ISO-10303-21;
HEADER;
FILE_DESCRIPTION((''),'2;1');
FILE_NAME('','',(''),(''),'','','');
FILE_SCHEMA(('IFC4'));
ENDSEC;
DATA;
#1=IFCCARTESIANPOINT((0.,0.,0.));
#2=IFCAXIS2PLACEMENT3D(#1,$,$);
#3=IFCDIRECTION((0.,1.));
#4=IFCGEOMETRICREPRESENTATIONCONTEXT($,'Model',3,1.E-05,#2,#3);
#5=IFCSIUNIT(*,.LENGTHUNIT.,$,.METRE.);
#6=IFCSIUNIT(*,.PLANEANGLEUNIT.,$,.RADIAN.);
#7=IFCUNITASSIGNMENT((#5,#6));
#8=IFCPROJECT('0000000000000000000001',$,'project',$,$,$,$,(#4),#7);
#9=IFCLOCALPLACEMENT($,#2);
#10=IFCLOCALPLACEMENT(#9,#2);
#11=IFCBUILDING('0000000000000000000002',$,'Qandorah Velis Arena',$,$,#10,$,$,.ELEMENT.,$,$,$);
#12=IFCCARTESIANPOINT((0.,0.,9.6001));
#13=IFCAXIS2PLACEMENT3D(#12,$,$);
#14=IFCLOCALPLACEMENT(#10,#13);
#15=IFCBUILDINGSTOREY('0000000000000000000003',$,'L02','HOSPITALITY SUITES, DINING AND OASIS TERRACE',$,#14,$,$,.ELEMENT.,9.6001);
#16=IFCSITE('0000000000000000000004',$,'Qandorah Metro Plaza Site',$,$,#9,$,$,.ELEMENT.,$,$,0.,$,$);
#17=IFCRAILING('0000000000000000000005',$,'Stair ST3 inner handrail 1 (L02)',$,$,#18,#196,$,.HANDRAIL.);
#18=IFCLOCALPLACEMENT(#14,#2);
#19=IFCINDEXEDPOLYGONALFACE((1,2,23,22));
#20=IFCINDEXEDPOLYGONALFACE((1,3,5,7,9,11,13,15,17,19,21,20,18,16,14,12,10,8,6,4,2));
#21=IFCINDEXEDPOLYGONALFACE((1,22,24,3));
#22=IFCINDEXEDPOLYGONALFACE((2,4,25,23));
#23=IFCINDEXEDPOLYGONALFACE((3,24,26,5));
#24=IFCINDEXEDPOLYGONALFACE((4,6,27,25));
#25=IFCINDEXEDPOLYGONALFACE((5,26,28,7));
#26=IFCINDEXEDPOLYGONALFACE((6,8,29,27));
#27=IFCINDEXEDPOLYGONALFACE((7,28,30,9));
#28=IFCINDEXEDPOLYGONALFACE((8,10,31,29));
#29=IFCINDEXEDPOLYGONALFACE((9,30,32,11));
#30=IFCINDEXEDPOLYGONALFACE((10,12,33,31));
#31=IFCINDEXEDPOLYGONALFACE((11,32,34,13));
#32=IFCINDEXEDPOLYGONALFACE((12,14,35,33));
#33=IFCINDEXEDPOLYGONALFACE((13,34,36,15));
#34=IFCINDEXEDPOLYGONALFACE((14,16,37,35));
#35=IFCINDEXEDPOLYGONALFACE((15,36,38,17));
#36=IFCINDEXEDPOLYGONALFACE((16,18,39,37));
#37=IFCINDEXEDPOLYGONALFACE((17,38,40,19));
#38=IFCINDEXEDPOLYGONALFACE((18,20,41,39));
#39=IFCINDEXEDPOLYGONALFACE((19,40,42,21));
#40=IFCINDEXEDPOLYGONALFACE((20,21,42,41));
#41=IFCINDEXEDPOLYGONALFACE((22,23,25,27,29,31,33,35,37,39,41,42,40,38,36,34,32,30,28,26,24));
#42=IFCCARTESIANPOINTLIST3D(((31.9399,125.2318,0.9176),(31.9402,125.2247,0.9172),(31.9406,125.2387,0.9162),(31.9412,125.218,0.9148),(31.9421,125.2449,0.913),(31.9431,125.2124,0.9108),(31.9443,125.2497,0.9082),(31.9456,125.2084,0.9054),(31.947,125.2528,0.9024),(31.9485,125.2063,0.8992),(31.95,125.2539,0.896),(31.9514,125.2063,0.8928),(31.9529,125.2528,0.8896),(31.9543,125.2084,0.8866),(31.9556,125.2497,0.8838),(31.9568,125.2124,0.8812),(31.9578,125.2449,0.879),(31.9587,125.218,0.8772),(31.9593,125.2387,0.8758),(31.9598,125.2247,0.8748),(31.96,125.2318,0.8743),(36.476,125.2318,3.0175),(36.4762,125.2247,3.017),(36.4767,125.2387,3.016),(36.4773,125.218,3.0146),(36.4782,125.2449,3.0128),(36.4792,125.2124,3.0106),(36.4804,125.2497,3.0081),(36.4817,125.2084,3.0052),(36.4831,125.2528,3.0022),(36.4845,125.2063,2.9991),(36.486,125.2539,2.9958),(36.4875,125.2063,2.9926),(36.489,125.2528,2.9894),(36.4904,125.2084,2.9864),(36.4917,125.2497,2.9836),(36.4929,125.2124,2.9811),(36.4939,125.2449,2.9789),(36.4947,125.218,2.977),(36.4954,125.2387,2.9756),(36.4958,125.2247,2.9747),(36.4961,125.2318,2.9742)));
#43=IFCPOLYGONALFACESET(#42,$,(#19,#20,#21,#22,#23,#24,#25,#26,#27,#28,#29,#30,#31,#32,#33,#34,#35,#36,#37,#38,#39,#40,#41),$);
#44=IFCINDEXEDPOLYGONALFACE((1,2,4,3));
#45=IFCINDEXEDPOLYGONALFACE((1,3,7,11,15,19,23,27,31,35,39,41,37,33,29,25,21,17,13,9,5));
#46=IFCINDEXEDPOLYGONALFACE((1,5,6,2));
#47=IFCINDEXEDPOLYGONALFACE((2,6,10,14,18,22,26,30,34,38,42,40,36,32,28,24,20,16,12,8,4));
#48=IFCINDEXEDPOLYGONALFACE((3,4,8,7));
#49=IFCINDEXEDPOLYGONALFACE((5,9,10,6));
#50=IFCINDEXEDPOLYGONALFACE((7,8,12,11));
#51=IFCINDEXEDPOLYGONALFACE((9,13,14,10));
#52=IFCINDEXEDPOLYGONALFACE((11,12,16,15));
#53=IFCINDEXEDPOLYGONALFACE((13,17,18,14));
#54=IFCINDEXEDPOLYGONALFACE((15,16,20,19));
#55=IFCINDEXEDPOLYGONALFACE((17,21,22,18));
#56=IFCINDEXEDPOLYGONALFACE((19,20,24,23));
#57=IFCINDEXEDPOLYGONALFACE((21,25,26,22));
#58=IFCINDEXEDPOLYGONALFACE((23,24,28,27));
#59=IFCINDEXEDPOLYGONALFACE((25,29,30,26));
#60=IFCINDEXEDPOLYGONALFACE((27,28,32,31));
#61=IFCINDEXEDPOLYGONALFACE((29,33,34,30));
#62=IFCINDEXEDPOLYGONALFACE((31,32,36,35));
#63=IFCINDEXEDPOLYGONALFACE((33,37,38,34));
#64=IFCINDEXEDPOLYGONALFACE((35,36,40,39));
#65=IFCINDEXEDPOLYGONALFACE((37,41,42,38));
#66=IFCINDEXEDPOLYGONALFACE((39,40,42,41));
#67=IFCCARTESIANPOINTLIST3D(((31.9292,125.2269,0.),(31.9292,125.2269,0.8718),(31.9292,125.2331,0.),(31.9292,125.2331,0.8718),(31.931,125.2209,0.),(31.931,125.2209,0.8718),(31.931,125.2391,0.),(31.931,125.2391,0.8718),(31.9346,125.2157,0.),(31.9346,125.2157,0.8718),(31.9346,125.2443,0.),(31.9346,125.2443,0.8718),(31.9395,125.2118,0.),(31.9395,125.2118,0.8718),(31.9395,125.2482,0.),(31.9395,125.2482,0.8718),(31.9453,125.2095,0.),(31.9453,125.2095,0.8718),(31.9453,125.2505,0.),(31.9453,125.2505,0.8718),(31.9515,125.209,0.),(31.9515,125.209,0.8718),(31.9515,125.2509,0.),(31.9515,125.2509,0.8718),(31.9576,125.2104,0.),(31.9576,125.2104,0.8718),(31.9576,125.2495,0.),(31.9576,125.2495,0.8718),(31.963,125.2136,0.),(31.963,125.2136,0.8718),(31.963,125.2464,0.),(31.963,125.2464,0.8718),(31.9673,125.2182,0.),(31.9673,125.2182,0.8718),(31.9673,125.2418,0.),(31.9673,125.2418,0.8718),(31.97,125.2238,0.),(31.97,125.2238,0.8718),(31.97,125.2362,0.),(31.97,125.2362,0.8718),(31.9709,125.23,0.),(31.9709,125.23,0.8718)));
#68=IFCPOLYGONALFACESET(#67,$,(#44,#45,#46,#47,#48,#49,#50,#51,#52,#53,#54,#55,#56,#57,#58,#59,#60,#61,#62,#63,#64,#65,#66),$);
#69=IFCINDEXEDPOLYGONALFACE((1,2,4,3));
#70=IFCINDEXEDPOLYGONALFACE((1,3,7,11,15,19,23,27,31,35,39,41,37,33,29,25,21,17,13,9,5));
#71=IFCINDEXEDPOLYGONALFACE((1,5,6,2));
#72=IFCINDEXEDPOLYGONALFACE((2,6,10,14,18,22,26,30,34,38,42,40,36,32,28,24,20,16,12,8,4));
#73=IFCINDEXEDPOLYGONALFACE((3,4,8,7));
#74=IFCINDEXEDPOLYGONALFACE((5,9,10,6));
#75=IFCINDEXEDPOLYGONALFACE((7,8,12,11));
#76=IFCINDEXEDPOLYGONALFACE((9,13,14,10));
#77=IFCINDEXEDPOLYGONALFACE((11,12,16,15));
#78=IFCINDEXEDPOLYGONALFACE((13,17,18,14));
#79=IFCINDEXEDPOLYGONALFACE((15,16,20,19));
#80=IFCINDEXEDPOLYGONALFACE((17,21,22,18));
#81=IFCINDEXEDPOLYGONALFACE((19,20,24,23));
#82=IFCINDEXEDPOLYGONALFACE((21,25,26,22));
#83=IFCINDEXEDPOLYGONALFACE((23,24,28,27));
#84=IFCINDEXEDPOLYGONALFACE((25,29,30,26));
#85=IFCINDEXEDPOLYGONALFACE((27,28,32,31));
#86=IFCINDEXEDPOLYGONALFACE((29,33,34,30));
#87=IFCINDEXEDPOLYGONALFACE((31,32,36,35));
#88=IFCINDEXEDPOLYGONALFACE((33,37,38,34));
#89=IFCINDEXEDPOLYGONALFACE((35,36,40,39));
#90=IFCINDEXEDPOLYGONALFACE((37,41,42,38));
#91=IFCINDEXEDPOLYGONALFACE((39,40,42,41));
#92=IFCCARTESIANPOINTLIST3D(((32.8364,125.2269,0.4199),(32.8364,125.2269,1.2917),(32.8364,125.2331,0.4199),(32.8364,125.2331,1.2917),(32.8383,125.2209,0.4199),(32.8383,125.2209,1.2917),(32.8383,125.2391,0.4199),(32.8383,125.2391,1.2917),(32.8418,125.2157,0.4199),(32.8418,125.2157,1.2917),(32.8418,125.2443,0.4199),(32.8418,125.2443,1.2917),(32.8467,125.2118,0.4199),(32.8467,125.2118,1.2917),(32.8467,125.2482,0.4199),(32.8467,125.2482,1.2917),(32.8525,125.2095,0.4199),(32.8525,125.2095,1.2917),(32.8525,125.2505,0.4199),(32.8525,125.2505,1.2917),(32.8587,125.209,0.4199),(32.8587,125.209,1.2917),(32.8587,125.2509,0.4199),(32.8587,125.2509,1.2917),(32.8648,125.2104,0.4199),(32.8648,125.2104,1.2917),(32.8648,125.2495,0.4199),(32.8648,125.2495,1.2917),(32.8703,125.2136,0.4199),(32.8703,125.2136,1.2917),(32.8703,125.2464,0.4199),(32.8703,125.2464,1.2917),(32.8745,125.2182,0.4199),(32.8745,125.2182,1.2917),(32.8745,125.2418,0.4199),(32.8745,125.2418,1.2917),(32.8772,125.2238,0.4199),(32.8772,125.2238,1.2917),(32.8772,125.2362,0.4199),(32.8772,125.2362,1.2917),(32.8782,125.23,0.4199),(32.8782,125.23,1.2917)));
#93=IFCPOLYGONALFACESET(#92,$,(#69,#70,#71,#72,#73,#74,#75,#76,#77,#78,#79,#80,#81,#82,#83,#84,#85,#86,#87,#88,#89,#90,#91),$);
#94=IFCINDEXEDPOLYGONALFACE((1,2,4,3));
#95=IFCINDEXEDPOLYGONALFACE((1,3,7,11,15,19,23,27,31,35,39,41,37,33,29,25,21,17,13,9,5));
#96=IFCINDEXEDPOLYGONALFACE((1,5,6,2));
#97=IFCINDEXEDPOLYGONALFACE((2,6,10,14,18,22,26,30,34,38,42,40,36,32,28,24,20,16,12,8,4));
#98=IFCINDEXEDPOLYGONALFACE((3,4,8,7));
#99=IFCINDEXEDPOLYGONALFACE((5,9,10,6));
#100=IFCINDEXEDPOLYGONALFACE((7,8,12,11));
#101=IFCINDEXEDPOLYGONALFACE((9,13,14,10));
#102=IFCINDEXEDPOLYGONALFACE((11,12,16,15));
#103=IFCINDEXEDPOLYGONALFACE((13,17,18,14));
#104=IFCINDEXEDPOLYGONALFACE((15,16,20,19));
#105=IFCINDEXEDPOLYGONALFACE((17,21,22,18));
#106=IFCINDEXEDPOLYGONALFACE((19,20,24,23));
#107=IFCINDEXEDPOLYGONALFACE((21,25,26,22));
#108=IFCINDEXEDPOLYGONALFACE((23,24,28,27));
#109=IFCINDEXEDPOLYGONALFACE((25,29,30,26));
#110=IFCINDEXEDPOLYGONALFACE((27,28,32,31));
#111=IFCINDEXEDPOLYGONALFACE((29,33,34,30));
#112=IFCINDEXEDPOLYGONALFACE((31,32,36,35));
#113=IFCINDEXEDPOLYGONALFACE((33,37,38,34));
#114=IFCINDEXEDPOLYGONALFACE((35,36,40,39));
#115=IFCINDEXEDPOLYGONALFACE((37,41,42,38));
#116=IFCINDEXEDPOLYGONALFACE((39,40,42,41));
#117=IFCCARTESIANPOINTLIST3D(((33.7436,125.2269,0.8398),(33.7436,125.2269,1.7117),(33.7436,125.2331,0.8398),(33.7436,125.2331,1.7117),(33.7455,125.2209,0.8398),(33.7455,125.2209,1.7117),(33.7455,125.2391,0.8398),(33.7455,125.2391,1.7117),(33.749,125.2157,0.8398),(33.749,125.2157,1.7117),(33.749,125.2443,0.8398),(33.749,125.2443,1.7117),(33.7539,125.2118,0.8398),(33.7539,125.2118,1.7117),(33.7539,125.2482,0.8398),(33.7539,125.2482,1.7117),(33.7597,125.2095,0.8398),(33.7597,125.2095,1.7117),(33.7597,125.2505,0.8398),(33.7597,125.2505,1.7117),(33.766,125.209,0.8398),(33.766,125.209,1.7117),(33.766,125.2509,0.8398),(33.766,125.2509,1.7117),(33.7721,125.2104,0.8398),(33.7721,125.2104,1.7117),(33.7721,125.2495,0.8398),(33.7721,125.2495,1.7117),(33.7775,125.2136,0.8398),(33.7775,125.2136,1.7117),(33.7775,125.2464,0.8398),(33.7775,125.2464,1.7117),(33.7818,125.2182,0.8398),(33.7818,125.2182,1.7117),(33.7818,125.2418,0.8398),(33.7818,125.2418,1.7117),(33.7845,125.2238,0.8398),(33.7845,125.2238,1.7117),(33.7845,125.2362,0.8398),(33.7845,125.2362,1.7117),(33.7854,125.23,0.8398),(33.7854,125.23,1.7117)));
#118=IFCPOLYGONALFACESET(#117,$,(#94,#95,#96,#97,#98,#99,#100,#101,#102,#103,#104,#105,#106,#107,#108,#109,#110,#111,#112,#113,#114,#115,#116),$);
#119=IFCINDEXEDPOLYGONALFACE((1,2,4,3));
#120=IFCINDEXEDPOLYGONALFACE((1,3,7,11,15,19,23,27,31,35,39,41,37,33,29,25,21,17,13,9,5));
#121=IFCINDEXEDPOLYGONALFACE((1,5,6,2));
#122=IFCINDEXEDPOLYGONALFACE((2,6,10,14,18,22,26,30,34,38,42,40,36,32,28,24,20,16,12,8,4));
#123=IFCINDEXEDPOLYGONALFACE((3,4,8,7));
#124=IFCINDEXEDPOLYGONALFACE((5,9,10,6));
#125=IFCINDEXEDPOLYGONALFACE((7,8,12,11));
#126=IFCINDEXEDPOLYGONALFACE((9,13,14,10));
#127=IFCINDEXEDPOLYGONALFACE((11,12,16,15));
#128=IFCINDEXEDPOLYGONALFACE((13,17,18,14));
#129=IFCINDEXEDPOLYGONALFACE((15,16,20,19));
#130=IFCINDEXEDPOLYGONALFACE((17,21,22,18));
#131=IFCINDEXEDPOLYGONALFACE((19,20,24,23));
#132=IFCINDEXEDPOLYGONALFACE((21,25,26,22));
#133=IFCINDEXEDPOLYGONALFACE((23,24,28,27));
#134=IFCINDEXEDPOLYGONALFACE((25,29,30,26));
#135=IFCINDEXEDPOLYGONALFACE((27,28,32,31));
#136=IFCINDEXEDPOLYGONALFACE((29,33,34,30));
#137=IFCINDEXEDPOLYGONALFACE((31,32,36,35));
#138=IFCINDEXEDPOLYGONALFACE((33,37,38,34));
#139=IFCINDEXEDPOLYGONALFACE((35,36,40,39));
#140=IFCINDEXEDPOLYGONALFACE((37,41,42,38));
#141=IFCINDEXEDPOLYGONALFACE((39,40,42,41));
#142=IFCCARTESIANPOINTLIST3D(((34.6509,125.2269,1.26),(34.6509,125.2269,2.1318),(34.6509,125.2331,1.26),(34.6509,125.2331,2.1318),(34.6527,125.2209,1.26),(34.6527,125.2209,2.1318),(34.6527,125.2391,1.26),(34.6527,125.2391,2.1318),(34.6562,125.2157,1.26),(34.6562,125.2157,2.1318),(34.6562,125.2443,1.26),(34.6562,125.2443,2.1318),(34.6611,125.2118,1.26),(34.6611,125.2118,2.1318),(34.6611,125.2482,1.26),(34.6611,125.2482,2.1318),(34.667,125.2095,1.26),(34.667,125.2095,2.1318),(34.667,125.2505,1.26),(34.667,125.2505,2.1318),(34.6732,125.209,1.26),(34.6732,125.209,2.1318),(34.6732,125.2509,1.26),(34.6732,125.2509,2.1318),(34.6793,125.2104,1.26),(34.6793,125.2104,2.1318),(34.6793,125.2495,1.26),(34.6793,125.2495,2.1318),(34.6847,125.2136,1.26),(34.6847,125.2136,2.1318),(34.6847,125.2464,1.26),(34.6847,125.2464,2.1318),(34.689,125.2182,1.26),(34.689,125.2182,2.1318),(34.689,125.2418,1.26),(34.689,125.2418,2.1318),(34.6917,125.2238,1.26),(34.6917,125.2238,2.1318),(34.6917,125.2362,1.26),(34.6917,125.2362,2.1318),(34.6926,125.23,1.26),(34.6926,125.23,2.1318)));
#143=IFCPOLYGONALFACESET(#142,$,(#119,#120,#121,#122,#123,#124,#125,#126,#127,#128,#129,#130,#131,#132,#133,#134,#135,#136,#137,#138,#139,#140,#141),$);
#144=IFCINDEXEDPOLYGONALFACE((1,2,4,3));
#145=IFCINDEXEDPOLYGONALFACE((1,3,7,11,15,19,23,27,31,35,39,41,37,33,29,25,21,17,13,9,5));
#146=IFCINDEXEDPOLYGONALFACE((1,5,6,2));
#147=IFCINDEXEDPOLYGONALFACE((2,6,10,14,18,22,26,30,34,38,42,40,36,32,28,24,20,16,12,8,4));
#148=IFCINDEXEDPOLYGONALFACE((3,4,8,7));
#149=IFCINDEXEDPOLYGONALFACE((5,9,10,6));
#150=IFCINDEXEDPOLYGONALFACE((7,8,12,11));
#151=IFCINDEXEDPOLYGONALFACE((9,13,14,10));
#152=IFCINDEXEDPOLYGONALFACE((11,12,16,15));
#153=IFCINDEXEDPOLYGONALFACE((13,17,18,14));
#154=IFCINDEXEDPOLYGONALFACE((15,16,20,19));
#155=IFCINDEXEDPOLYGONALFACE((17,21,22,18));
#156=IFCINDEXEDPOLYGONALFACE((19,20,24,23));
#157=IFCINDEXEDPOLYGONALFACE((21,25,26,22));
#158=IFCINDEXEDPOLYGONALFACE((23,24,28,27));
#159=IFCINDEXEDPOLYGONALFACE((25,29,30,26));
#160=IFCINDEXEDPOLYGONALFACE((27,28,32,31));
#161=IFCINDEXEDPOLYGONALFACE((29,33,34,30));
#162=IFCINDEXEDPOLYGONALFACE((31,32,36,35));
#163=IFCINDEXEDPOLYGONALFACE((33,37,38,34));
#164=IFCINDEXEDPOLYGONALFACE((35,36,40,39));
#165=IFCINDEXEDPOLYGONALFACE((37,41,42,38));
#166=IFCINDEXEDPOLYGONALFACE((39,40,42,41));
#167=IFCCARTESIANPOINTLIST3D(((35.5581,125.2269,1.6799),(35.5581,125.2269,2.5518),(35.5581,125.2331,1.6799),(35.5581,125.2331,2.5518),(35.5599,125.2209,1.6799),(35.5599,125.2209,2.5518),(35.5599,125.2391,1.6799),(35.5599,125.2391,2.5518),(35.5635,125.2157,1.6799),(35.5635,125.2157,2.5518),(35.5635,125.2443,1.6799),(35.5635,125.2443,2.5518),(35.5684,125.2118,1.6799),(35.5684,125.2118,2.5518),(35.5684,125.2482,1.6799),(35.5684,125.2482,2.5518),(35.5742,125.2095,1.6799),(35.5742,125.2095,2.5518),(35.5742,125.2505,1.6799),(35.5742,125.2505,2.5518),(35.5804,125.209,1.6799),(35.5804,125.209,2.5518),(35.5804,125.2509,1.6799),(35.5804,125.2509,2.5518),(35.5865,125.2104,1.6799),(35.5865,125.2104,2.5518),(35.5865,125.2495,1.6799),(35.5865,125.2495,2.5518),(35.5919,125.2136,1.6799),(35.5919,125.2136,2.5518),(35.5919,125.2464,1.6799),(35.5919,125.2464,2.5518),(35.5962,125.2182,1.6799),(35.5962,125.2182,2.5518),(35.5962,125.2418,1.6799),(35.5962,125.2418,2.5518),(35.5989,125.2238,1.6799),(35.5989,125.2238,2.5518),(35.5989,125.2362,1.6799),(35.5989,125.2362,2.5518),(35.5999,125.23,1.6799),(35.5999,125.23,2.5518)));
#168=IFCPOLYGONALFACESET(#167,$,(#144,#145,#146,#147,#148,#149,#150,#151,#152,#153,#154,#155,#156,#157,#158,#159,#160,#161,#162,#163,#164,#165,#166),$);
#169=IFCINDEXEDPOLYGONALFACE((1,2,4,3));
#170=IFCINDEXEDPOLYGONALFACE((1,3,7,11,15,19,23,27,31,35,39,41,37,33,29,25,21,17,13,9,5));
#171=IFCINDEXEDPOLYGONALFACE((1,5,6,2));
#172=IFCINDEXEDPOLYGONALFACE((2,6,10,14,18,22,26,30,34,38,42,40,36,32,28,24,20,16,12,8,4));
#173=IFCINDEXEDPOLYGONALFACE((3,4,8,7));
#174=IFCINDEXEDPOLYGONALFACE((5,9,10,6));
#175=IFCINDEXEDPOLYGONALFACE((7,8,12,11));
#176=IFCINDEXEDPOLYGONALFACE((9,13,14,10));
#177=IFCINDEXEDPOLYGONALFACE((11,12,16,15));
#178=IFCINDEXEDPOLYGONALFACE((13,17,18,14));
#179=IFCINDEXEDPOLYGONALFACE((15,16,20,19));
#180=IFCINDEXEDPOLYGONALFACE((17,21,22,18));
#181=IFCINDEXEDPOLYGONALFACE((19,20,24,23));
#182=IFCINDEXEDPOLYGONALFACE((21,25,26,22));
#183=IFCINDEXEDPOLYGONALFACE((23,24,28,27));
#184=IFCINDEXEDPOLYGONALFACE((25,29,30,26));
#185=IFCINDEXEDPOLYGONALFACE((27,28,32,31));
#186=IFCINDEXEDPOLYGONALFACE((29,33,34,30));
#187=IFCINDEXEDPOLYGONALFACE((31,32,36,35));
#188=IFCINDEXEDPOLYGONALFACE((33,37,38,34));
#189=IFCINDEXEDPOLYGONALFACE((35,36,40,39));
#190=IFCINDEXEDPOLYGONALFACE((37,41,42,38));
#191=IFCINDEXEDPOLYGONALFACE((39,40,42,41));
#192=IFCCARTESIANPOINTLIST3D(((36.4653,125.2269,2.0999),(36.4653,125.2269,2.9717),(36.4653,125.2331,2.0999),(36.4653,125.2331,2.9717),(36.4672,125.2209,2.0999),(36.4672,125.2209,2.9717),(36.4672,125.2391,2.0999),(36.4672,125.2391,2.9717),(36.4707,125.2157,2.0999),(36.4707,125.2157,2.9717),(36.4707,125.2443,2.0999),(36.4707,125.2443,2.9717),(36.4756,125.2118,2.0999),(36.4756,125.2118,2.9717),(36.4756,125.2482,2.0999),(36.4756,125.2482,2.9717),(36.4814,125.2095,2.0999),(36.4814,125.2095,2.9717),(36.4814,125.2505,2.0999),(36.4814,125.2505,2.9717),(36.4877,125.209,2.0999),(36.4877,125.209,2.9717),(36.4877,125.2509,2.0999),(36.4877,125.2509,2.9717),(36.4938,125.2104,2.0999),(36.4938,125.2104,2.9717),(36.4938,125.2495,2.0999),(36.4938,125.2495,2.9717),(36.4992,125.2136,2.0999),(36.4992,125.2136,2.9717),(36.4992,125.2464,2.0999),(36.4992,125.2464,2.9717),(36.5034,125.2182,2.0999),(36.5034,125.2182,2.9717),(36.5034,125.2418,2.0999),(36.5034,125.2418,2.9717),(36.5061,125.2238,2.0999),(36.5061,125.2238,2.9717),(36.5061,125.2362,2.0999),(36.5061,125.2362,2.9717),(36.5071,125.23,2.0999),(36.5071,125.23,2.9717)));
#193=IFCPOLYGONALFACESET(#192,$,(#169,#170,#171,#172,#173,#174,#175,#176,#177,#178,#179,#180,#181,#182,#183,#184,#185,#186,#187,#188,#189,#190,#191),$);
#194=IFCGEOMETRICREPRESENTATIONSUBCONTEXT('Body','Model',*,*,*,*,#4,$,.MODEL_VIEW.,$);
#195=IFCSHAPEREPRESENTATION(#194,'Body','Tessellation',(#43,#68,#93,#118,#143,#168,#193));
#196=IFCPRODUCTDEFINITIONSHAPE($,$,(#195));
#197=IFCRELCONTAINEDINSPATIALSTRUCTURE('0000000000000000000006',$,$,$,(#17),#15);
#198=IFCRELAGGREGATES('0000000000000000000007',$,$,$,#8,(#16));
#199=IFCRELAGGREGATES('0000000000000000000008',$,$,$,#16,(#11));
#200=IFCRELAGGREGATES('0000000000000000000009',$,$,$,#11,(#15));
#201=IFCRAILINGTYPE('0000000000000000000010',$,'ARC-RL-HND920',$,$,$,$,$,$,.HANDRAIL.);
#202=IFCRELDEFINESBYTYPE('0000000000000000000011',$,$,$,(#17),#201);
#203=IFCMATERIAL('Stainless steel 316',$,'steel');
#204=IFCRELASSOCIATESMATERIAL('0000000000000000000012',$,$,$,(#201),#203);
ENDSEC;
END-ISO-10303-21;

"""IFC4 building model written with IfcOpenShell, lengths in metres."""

from ifc_helpers import new_model, si_unit, direction, frame, origin, origin_2d, place, context, subcontext, project, spatial, circle, extrude, material, type_object, element, save


model = new_model("IFC4")

# Units and contexts
model_context = context("Model", 3, precision=1e-05, world=origin(), true_north=direction((0.0, 1.0)))
body_context = subcontext(model_context, "Body", "Model", "MODEL_VIEW")
ifc_project = project(units=[si_unit("LENGTHUNIT", "METRE"), si_unit("PLANEANGLEUNIT", "RADIAN")], contexts=[model_context])

# Site, building, storey
site_placement = place(None, origin())
site = spatial("IfcSite", under=ifc_project, at=site_placement, Name="Qandorah Metro Plaza Site", CompositionType="ELEMENT", RefElevation=0.0)
building_placement = place(site_placement, origin())
building = spatial("IfcBuilding", under=site, at=building_placement, Name="Qandorah Velis Arena", CompositionType="ELEMENT")
storey_placement = place(building_placement, frame((0.0, 0.0, 9.6001)))
storey = spatial("IfcBuildingStorey", under=building, at=storey_placement, Name="L02", Description="HOSPITALITY SUITES, DINING AND OASIS TERRACE", CompositionType="ELEMENT", Elevation=9.6001)

# Railing
ifc_material_1 = material(Name="Stainless steel 316", Category="steel")
railing_type_1 = type_object("IfcRailingType", Name="ARC-RL-HND920", PredefinedType="HANDRAIL", material=ifc_material_1)
railing_1_placement = place(storey_placement, frame((31.95, 125.23, 0.0)))
element("IfcRailing", 1, at=railing_1_placement, inside=storey, type_object=railing_type_1, Name="Stair ST3 inner handrail 1 (L02)", PredefinedType="HANDRAIL", context=body_context, shape_type="SweptSolid", body=[
    extrude(circle(Radius=0.0239, at=origin_2d()), frame((0.0, 0.0, 0.896), z_axis=(0.907483, 0.0, 0.420089), x_axis=(0.0, 1.0, 0.0)), (0.0, 0.0, 1.0), 4.9985),
    extrude(circle(Radius=0.021, at=origin_2d()), origin(), (0.0, 0.0, 1.0), 0.8718),
    extrude(circle(Radius=0.021, at=origin_2d()), frame((0.9072, 0.0, 0.4199)), (0.0, 0.0, 1.0), 0.8718),
    extrude(circle(Radius=0.021, at=origin_2d()), frame((1.8145, 0.0, 0.8398)), (0.0, 0.0, 1.0), 0.8718),
    extrude(circle(Radius=0.021, at=origin_2d()), frame((2.7217, 0.0, 1.26)), (0.0, 0.0, 1.0), 0.8718),
    extrude(circle(Radius=0.021, at=origin_2d()), frame((3.6289, 0.0, 1.6799)), (0.0, 0.0, 1.0), 0.8718),
    extrude(circle(Radius=0.021, at=origin_2d()), frame((4.5361, 0.0, 2.0999)), (0.0, 0.0, 1.0), 0.8718),
])

save(model, "model.ifc")
